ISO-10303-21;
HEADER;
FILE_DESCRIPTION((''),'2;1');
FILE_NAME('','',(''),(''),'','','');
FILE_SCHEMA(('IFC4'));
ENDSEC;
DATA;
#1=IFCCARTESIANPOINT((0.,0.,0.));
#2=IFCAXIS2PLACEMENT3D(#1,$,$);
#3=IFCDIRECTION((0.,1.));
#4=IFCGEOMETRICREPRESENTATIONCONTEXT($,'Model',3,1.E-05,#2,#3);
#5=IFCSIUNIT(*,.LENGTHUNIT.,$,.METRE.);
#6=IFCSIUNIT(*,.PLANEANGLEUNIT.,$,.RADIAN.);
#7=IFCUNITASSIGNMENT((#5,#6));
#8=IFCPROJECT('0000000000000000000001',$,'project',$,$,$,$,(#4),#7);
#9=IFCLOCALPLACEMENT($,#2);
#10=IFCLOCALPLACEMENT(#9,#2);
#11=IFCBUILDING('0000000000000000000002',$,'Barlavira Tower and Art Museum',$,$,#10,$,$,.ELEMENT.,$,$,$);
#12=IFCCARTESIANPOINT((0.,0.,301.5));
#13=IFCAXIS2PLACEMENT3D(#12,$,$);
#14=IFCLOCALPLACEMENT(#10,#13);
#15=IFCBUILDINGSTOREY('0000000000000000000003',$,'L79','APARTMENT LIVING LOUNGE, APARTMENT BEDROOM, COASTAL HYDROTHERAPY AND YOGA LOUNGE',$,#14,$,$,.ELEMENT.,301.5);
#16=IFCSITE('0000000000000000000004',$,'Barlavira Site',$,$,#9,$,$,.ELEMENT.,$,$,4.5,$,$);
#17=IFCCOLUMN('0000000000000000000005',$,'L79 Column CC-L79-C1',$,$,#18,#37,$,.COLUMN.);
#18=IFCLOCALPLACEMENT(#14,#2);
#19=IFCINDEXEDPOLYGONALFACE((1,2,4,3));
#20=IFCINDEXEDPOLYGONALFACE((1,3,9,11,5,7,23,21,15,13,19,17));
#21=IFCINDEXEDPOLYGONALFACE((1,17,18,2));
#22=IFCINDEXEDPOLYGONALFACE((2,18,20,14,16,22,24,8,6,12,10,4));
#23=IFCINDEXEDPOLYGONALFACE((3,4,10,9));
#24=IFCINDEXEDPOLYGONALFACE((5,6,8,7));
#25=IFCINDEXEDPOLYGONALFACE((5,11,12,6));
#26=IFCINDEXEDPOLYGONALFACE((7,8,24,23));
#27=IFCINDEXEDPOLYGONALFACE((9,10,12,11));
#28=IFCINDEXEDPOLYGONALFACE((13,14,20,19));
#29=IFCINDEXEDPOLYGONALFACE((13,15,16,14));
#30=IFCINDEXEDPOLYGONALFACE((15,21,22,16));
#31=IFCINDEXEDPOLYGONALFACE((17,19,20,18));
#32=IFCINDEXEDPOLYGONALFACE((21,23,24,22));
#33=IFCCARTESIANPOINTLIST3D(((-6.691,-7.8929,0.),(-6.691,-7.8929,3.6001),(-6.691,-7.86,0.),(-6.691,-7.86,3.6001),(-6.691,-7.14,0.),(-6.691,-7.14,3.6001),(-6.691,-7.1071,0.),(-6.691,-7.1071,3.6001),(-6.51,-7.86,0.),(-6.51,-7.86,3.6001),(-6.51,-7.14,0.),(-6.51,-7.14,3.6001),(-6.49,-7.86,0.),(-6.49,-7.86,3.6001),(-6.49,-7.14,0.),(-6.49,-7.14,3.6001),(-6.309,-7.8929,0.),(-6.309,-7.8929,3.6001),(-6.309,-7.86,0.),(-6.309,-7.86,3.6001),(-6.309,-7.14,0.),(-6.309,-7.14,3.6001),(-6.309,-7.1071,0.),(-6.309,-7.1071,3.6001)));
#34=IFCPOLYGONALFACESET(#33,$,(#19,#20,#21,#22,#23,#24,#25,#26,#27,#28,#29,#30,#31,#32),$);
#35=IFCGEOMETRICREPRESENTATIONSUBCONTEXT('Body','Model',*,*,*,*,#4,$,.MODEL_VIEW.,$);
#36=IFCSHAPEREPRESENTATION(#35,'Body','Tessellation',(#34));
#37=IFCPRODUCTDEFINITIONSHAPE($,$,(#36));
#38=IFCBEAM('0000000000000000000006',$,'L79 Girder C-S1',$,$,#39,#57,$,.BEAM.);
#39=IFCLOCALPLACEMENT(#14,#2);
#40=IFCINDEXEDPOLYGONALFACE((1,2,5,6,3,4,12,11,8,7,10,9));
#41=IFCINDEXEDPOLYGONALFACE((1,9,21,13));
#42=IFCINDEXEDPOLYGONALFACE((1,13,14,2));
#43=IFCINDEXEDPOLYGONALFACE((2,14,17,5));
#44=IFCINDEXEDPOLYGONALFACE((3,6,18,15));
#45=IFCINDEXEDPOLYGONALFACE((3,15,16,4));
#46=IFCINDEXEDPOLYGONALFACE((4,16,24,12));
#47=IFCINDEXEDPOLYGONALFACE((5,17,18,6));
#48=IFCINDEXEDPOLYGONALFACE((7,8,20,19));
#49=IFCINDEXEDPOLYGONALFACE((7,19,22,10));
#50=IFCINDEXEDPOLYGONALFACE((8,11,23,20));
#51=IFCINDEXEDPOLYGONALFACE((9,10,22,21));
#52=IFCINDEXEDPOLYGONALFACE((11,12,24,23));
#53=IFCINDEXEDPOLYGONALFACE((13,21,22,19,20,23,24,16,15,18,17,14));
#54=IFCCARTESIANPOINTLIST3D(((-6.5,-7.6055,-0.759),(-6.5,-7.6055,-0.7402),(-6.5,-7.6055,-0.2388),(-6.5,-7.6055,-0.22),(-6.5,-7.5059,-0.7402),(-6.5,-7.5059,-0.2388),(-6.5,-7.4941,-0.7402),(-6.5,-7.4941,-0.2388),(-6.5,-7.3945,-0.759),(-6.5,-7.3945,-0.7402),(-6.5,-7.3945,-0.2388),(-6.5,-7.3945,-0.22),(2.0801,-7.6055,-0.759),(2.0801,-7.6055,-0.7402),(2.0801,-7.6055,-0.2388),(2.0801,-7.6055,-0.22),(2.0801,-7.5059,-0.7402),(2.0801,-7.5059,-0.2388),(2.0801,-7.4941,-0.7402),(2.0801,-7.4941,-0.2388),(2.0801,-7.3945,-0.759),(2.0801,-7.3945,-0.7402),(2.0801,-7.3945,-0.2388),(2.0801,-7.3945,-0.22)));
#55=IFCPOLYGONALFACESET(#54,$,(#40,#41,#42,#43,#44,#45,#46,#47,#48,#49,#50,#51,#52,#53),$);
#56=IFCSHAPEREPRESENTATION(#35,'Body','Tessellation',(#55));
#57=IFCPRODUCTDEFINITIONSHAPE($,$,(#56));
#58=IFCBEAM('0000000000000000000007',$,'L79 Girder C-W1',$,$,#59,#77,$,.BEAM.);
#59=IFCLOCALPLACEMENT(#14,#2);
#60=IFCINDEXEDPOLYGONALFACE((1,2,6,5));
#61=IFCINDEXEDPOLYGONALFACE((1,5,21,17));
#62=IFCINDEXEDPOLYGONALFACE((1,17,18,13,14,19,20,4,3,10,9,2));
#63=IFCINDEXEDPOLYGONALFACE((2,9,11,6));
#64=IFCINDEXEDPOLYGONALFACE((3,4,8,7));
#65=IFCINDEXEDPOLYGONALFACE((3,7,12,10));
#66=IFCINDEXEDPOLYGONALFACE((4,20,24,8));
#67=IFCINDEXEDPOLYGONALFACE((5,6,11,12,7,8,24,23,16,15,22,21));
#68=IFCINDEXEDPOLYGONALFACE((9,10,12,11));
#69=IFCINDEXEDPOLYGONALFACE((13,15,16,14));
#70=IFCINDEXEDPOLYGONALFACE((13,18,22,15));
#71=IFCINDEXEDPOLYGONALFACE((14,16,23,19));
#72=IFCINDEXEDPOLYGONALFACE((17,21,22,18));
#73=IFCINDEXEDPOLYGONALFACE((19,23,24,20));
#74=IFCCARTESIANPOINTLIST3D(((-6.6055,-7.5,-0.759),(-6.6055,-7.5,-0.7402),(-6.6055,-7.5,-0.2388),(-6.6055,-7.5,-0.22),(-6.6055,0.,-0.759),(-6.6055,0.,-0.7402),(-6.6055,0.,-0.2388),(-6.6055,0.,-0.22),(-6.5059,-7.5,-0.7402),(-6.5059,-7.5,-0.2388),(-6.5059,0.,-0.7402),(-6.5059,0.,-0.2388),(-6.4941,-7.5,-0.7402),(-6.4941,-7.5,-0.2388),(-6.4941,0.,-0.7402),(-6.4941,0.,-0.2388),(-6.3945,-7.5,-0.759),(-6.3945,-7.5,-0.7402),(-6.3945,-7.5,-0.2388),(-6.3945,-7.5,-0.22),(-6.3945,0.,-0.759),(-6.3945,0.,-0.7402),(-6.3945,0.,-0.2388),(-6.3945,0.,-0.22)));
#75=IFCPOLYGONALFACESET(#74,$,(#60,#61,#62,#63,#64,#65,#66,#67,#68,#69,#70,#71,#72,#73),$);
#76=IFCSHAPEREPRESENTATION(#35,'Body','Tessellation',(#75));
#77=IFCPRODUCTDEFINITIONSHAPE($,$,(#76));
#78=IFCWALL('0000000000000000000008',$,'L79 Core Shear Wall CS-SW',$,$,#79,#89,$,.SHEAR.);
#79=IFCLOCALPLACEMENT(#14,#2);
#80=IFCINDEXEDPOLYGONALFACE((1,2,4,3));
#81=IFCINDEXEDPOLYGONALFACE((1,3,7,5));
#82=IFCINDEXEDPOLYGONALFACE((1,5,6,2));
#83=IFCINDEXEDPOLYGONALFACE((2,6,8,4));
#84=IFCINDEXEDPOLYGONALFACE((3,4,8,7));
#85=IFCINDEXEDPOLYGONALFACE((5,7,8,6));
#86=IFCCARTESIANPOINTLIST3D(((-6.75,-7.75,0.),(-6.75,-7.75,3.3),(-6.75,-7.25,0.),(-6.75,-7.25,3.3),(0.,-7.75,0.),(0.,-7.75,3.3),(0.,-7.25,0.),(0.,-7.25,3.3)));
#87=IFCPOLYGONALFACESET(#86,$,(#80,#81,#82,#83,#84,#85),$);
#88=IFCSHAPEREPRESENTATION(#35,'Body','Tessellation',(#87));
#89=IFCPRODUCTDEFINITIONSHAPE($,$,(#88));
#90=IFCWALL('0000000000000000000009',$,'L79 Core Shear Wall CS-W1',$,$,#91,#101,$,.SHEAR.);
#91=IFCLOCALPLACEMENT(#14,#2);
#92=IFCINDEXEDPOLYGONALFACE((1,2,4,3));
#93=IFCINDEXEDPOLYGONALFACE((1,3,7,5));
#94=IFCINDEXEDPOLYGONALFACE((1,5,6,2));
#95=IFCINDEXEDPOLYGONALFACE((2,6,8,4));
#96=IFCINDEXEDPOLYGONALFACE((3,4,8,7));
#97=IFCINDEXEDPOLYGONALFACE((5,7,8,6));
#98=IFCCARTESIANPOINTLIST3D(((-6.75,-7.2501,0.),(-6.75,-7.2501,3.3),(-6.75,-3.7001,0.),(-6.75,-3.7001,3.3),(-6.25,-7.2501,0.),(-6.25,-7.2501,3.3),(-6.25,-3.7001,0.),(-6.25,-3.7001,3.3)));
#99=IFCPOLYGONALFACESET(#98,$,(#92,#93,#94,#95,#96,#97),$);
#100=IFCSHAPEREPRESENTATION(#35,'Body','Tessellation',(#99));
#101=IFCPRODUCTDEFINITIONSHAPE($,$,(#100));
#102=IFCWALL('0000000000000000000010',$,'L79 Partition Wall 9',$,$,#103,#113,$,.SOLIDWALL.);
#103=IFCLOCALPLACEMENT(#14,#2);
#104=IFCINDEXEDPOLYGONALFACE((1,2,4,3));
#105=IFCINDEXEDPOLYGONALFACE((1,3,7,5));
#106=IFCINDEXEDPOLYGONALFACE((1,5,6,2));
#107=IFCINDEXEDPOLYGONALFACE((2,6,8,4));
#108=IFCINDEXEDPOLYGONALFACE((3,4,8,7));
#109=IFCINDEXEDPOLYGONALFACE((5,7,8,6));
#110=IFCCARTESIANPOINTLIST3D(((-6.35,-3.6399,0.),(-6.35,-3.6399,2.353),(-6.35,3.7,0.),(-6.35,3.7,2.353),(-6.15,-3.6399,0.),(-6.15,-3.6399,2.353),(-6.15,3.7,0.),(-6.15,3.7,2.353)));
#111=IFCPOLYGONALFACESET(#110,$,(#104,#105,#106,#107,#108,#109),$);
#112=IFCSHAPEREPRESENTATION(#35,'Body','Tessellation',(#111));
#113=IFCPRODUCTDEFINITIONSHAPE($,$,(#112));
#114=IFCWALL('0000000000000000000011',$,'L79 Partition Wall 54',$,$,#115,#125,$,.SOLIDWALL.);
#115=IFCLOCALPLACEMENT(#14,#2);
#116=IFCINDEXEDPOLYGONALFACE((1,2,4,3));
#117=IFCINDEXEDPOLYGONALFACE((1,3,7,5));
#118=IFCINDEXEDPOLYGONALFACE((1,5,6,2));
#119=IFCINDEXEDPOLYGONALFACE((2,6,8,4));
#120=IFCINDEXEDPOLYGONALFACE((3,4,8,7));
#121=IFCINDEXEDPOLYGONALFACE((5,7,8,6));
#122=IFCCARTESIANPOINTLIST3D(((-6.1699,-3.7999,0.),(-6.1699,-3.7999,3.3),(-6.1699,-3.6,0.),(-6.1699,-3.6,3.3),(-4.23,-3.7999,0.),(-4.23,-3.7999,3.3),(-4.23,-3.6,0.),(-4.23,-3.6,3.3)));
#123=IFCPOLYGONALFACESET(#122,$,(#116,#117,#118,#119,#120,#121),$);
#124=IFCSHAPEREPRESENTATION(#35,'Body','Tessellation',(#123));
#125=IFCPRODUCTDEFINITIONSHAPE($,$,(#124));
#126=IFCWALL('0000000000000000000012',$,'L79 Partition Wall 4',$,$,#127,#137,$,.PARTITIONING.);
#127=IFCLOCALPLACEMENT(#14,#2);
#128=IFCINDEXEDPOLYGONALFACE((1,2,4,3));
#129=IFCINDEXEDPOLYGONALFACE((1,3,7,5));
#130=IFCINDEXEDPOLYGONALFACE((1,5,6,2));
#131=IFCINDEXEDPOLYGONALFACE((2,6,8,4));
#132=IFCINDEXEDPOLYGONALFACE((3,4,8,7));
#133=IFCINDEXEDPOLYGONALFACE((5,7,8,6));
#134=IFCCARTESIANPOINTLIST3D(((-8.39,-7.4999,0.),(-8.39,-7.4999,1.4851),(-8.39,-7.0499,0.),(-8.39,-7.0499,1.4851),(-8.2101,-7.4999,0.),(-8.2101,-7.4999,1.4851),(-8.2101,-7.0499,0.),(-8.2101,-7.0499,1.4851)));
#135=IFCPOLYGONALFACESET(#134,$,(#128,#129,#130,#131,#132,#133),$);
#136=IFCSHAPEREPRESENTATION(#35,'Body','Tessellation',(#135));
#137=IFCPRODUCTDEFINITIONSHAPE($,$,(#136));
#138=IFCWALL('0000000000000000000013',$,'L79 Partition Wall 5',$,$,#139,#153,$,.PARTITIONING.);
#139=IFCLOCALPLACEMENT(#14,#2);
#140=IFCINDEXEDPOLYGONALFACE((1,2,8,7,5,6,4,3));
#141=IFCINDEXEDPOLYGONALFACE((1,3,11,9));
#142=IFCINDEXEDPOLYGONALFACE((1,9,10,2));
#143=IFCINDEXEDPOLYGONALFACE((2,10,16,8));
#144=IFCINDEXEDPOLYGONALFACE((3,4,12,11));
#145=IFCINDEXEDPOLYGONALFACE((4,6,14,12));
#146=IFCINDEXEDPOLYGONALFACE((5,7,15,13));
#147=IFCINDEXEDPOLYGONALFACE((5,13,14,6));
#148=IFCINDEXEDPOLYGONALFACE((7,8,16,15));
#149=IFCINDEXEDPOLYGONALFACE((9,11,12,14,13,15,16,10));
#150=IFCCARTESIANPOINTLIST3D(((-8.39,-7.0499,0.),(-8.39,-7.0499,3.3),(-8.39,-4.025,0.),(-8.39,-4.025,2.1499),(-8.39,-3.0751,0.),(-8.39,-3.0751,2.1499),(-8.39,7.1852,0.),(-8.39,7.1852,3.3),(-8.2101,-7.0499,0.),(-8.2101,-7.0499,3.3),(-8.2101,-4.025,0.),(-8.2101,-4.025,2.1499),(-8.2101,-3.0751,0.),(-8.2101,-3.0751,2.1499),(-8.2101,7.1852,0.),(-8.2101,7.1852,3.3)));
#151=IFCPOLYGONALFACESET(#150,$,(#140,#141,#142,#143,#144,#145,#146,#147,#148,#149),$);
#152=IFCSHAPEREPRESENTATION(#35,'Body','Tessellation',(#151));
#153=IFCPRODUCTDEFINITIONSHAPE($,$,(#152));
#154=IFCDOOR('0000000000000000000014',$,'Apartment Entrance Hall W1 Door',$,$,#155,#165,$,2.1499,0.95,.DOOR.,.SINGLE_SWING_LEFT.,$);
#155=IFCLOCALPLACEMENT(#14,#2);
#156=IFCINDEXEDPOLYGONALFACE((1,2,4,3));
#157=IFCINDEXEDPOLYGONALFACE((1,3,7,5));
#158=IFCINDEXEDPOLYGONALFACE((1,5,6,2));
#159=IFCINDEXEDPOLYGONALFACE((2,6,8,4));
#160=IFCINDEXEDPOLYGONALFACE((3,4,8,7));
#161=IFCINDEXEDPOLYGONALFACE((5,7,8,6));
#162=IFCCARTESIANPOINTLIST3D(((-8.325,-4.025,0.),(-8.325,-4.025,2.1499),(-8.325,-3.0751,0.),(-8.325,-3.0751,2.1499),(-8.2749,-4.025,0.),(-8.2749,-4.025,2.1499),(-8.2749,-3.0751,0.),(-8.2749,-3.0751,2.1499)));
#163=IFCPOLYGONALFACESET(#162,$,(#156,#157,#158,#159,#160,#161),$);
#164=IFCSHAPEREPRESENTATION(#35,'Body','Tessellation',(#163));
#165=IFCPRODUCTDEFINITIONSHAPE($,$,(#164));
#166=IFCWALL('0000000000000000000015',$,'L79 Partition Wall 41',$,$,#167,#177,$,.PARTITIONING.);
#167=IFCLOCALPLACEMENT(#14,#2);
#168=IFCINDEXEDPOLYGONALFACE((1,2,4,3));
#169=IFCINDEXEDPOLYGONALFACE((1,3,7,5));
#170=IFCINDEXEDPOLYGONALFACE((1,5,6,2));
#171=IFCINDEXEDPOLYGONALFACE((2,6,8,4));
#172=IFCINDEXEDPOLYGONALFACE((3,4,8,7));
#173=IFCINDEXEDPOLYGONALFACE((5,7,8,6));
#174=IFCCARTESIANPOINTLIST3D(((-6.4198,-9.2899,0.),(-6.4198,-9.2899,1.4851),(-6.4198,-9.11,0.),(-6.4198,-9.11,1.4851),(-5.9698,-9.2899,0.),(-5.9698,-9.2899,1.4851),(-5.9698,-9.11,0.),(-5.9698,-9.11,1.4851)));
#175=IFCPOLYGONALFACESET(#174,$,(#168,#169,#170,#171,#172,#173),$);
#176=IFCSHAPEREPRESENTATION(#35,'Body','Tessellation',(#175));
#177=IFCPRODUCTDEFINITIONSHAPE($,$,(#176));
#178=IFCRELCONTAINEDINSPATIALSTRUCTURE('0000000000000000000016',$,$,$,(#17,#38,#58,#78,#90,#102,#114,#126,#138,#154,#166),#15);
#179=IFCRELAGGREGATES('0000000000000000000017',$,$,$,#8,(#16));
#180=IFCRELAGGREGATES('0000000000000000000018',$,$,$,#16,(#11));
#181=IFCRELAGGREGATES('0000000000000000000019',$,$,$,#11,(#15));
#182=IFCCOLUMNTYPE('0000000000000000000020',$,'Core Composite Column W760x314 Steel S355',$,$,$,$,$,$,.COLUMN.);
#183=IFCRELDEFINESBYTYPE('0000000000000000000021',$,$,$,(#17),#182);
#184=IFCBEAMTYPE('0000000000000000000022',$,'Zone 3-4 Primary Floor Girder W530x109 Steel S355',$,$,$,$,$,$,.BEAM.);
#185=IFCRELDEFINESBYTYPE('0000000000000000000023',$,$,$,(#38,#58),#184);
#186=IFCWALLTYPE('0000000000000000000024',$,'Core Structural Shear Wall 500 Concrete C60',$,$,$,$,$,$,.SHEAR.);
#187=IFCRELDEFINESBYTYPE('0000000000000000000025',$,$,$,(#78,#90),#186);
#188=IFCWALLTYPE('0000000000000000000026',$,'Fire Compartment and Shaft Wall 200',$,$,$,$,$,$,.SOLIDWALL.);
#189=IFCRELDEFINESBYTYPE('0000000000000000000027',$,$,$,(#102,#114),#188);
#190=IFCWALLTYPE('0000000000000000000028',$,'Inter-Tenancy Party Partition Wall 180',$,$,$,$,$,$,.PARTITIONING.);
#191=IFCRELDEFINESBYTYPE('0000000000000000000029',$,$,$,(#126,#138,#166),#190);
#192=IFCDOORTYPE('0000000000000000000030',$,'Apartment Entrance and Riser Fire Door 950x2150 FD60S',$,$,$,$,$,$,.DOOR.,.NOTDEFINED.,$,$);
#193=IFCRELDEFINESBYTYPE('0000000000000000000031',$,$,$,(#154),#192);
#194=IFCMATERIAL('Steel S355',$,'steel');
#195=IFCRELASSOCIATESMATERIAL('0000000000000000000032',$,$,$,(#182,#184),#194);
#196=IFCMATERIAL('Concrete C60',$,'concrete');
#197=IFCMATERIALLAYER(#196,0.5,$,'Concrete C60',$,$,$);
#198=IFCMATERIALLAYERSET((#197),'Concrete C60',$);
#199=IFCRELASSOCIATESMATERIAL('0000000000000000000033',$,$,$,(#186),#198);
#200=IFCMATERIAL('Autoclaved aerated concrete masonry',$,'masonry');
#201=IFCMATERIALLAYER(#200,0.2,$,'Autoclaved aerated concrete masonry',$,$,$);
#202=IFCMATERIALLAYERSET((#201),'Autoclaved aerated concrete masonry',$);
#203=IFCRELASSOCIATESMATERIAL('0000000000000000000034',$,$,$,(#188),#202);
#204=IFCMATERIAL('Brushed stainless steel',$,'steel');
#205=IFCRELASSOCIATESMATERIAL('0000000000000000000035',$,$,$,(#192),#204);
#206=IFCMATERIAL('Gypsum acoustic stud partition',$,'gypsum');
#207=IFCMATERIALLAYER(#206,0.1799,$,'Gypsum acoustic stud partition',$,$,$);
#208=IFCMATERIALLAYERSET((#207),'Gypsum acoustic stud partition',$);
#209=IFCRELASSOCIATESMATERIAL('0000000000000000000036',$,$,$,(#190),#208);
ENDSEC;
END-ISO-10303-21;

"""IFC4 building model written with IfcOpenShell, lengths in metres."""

from ifc_helpers import new_model, si_unit, direction, frame, frame_2d, origin, origin_2d, place, context, subcontext, project, spatial, rectangle, i_section, extrude, material, layer, layer_set, material_profile, profile_set, type_object, element, fill, save


model = new_model("IFC4")

# Units and contexts
model_context = context("Model", 3, precision=1e-05, world=origin(), true_north=direction((0.0, 1.0)))
body_context = subcontext(model_context, "Body", "Model", "MODEL_VIEW")
ifc_project = project(units=[si_unit("LENGTHUNIT", "METRE"), si_unit("PLANEANGLEUNIT", "RADIAN")], contexts=[model_context])

# Site, building, storey
site_placement = place(None, origin())
site = spatial("IfcSite", under=ifc_project, at=site_placement, Name="Barlavira Site", CompositionType="ELEMENT", RefElevation=4.5)
building_placement = place(site_placement, origin())
building = spatial("IfcBuilding", under=site, at=building_placement, Name="Barlavira Tower and Art Museum", CompositionType="ELEMENT")
storey_placement = place(building_placement, frame((0.0, 0.0, 301.5)))
storey = spatial("IfcBuildingStorey", under=building, at=storey_placement, Name="L79", Description="APARTMENT LIVING LOUNGE, APARTMENT BEDROOM, COASTAL HYDROTHERAPY AND YOGA LOUNGE", CompositionType="ELEMENT", Elevation=301.5)

# Column
ifc_material_1 = material(Name="Steel S355", Category="steel")
ifc_material_profile_1 = material_profile(ifc_material_1, i_section(OverallWidth=0.3821, OverallDepth=0.7859, WebThickness=0.02, FlangeThickness=0.033, at=origin_2d()), Name="W760x314.0")
ifc_profile_set_1 = profile_set([ifc_material_profile_1], Name="Steel S355")
column_type = type_object("IfcColumnType", Name="Core Composite Column W760x314 Steel S355", PredefinedType="COLUMN", material=ifc_profile_set_1)
column_placement = place(storey_placement, frame((-6.5, -7.5, 0.0), z_axis=(0.0, 0.0, 1.0), x_axis=(1.0, 0.0, 0.0)))
element("IfcColumn", 1, at=column_placement, inside=storey, type_object=column_type, Name="L79 Column CC-L79-C1", PredefinedType="COLUMN", context=body_context, shape_type="SweptSolid", body=[
    extrude(i_section(OverallWidth=0.3821, OverallDepth=0.7859, WebThickness=0.02, FlangeThickness=0.033, at=origin_2d()), origin(), (0.0, 0.0, 1.0), 3.6001),
])

# Beams
ifc_material_profile_2 = material_profile(ifc_material_1, i_section(OverallWidth=0.2109, OverallDepth=0.5391, WebThickness=0.0117, FlangeThickness=0.0188, at=origin_2d()), Name="W530x109.0")
ifc_profile_set_2 = profile_set([ifc_material_profile_2], Name="Steel S355")
beam_type = type_object("IfcBeamType", Name="Zone 3-4 Primary Floor Girder W530x109 Steel S355", PredefinedType="BEAM", material=ifc_profile_set_2)
beam_1_placement = place(storey_placement, frame((-6.5, -7.5, -0.4895), z_axis=(1.0, 0.0, 0.0), x_axis=(0.0, 1.0, 0.0)))
element("IfcBeam", 2, at=beam_1_placement, inside=storey, type_object=beam_type, Name="L79 Girder C-S1", PredefinedType="BEAM", context=body_context, shape_type="SweptSolid", body=[
    extrude(i_section(OverallWidth=0.2109, OverallDepth=0.5391, WebThickness=0.0117, FlangeThickness=0.0188, at=origin_2d()), origin(), (0.0, 0.0, 1.0), 8.5801),
])
beam_2_placement = place(storey_placement, frame((-6.5, -7.5, -0.4895), z_axis=(0.0, 1.0, 0.0), x_axis=(-1.0, 0.0, 0.0)))
element("IfcBeam", 3, at=beam_2_placement, inside=storey, type_object=beam_type, Name="L79 Girder C-W1", PredefinedType="BEAM", context=body_context, shape_type="SweptSolid", body=[
    extrude(i_section(OverallWidth=0.2109, OverallDepth=0.5391, WebThickness=0.0117, FlangeThickness=0.0188, at=origin_2d()), origin(), (0.0, 0.0, 1.0), 7.5),
])

# Walls
ifc_material_2 = material(Name="Concrete C60", Category="concrete")
ifc_layer_1 = layer(ifc_material_2, 0.5, Name="Concrete C60")
ifc_layer_set_1 = layer_set([ifc_layer_1], Name="Concrete C60")
wall_type_1 = type_object("IfcWallType", Name="Core Structural Shear Wall 500 Concrete C60", PredefinedType="SHEAR", material=ifc_layer_set_1)
wall_1_placement = place(storey_placement, frame((-6.75, -7.5, 0.0), z_axis=(0.0, 0.0, 1.0), x_axis=(1.0, 0.0, 0.0)))
element("IfcWall", 4, at=wall_1_placement, inside=storey, type_object=wall_type_1, Name="L79 Core Shear Wall CS-SW", PredefinedType="SHEAR", context=body_context, shape_type="SweptSolid", body=[
    extrude(rectangle(XDim=6.75, YDim=0.5, at=frame_2d((3.375, 0.0))), origin(), (0.0, 0.0, 1.0), 3.3),
])
wall_2_placement = place(storey_placement, frame((-6.5, -7.25, 0.0), z_axis=(0.0, 0.0, 1.0), x_axis=(0.0, 1.0, 0.0)))
element("IfcWall", 5, at=wall_2_placement, inside=storey, type_object=wall_type_1, Name="L79 Core Shear Wall CS-W1", PredefinedType="SHEAR", context=body_context, shape_type="SweptSolid", body=[
    extrude(rectangle(XDim=3.55, YDim=0.5, at=frame_2d((1.7749, 0.0))), origin(), (0.0, 0.0, 1.0), 3.3),
])
ifc_material_3 = material(Name="Autoclaved aerated concrete masonry", Category="masonry")
ifc_layer_2 = layer(ifc_material_3, 0.2, Name="Autoclaved aerated concrete masonry")
ifc_layer_set_2 = layer_set([ifc_layer_2], Name="Autoclaved aerated concrete masonry")
wall_type_2 = type_object("IfcWallType", Name="Fire Compartment and Shaft Wall 200", PredefinedType="SOLIDWALL", material=ifc_layer_set_2)
wall_3_placement = place(storey_placement, frame((-6.25, -3.6399, 0.0), z_axis=(0.0, 0.0, 1.0), x_axis=(0.0, 1.0, 0.0)))
element("IfcWall", 6, at=wall_3_placement, inside=storey, type_object=wall_type_2, Name="L79 Partition Wall 9", PredefinedType="SOLIDWALL", context=body_context, shape_type="SweptSolid", body=[
    extrude(rectangle(XDim=7.3398, YDim=0.2, at=frame_2d((3.6699, 0.0))), origin(), (0.0, 0.0, 1.0), 2.353),
])

# Shared definitions
ifc_material_4 = material(Name="Brushed stainless steel", Category="steel")
door_type = type_object("IfcDoorType", Name="Apartment Entrance and Riser Fire Door 950x2150 FD60S", OperationType="NOTDEFINED", PredefinedType="DOOR", material=ifc_material_4)

# Walls
wall_4_placement = place(storey_placement, frame((-6.1699, -3.7, 0.0), z_axis=(0.0, 0.0, 1.0), x_axis=(1.0, 0.0, 0.0)))
element("IfcWall", 7, at=wall_4_placement, inside=storey, type_object=wall_type_2, Name="L79 Partition Wall 54", PredefinedType="SOLIDWALL", context=body_context, shape_type="SweptSolid", body=[
    extrude(rectangle(XDim=1.9399, YDim=0.2, at=frame_2d((0.97, 0.0))), origin(), (0.0, 0.0, 1.0), 3.3),
])
ifc_material_5 = material(Name="Gypsum acoustic stud partition", Category="gypsum")
ifc_layer_3 = layer(ifc_material_5, 0.1799, Name="Gypsum acoustic stud partition")
ifc_layer_set_3 = layer_set([ifc_layer_3], Name="Gypsum acoustic stud partition")
wall_type_3 = type_object("IfcWallType", Name="Inter-Tenancy Party Partition Wall 180", PredefinedType="PARTITIONING", material=ifc_layer_set_3)
wall_5_placement = place(storey_placement, frame((-8.3, -7.5, 0.0), z_axis=(0.0, 0.0, 1.0), x_axis=(0.0, 1.0, 0.0)))
element("IfcWall", 8, at=wall_5_placement, inside=storey, type_object=wall_type_3, Name="L79 Partition Wall 4", PredefinedType="PARTITIONING", context=body_context, shape_type="SweptSolid", body=[
    extrude(rectangle(XDim=0.45, YDim=0.1799, at=frame_2d((0.2251, 0.0))), origin(), (0.0, 0.0, 1.0), 1.4851),
])

# Wall, opening, door
wall_6_placement = place(storey_placement, frame((-8.3, -7.05, 0.0), z_axis=(0.0, 0.0, 1.0), x_axis=(0.0, 1.0, 0.0)))
wall_6 = element("IfcWall", 9, at=wall_6_placement, inside=storey, type_object=wall_type_3, Name="L79 Partition Wall 5", PredefinedType="PARTITIONING", context=body_context, shape_type="SweptSolid", body=[
    extrude(rectangle(XDim=14.2351, YDim=0.1799, at=frame_2d((7.1177, 0.0))), origin(), (0.0, 0.0, 1.0), 3.3),
])
opening_1_placement = place(wall_6_placement, frame((3.0249, 0.0, 0.0)))
opening_1 = element("IfcOpeningElement", 10, at=opening_1_placement, cuts=wall_6, PredefinedType="OPENING", context=body_context, shape_type="SweptSolid", body=[
    extrude(rectangle(XDim=0.95, YDim=2.1499, at=frame_2d((0.4751, 1.075))), frame((0.0, 0.1001, 0.0), z_axis=(0.0, -1.0, 0.0), x_axis=(1.0, 0.0, 0.0)), (0.0, 0.0, 1.0), 0.2),
])
door_1_placement = place(opening_1_placement, origin())
door_1 = element("IfcDoor", 11, at=door_1_placement, inside=storey, type_object=door_type, Name="Apartment Entrance Hall W1 Door", OperationType="SINGLE_SWING_LEFT", OverallHeight=2.1499, OverallWidth=0.95, PredefinedType="DOOR", context=body_context, shape_type="SweptSolid", body=[
    extrude(rectangle(XDim=0.95, YDim=2.1499, at=frame_2d((0.4751, 1.075))), frame((0.0, 0.0249, 0.0), z_axis=(0.0, -1.0, 0.0), x_axis=(1.0, 0.0, 0.0)), (0.0, 0.0, 1.0), 0.05),
])
fill(opening_1, door_1)

# Wall
wall_7_placement = place(storey_placement, frame((-6.4199, -9.2, 0.0), z_axis=(0.0, 0.0, 1.0), x_axis=(1.0, 0.0, 0.0)))
element("IfcWall", 12, at=wall_7_placement, inside=storey, type_object=wall_type_3, Name="L79 Partition Wall 41", PredefinedType="PARTITIONING", context=body_context, shape_type="SweptSolid", body=[
    extrude(rectangle(XDim=0.45, YDim=0.1799, at=frame_2d((0.2251, 0.0))), origin(), (0.0, 0.0, 1.0), 1.4851),
])

save(model, "model.ifc")
